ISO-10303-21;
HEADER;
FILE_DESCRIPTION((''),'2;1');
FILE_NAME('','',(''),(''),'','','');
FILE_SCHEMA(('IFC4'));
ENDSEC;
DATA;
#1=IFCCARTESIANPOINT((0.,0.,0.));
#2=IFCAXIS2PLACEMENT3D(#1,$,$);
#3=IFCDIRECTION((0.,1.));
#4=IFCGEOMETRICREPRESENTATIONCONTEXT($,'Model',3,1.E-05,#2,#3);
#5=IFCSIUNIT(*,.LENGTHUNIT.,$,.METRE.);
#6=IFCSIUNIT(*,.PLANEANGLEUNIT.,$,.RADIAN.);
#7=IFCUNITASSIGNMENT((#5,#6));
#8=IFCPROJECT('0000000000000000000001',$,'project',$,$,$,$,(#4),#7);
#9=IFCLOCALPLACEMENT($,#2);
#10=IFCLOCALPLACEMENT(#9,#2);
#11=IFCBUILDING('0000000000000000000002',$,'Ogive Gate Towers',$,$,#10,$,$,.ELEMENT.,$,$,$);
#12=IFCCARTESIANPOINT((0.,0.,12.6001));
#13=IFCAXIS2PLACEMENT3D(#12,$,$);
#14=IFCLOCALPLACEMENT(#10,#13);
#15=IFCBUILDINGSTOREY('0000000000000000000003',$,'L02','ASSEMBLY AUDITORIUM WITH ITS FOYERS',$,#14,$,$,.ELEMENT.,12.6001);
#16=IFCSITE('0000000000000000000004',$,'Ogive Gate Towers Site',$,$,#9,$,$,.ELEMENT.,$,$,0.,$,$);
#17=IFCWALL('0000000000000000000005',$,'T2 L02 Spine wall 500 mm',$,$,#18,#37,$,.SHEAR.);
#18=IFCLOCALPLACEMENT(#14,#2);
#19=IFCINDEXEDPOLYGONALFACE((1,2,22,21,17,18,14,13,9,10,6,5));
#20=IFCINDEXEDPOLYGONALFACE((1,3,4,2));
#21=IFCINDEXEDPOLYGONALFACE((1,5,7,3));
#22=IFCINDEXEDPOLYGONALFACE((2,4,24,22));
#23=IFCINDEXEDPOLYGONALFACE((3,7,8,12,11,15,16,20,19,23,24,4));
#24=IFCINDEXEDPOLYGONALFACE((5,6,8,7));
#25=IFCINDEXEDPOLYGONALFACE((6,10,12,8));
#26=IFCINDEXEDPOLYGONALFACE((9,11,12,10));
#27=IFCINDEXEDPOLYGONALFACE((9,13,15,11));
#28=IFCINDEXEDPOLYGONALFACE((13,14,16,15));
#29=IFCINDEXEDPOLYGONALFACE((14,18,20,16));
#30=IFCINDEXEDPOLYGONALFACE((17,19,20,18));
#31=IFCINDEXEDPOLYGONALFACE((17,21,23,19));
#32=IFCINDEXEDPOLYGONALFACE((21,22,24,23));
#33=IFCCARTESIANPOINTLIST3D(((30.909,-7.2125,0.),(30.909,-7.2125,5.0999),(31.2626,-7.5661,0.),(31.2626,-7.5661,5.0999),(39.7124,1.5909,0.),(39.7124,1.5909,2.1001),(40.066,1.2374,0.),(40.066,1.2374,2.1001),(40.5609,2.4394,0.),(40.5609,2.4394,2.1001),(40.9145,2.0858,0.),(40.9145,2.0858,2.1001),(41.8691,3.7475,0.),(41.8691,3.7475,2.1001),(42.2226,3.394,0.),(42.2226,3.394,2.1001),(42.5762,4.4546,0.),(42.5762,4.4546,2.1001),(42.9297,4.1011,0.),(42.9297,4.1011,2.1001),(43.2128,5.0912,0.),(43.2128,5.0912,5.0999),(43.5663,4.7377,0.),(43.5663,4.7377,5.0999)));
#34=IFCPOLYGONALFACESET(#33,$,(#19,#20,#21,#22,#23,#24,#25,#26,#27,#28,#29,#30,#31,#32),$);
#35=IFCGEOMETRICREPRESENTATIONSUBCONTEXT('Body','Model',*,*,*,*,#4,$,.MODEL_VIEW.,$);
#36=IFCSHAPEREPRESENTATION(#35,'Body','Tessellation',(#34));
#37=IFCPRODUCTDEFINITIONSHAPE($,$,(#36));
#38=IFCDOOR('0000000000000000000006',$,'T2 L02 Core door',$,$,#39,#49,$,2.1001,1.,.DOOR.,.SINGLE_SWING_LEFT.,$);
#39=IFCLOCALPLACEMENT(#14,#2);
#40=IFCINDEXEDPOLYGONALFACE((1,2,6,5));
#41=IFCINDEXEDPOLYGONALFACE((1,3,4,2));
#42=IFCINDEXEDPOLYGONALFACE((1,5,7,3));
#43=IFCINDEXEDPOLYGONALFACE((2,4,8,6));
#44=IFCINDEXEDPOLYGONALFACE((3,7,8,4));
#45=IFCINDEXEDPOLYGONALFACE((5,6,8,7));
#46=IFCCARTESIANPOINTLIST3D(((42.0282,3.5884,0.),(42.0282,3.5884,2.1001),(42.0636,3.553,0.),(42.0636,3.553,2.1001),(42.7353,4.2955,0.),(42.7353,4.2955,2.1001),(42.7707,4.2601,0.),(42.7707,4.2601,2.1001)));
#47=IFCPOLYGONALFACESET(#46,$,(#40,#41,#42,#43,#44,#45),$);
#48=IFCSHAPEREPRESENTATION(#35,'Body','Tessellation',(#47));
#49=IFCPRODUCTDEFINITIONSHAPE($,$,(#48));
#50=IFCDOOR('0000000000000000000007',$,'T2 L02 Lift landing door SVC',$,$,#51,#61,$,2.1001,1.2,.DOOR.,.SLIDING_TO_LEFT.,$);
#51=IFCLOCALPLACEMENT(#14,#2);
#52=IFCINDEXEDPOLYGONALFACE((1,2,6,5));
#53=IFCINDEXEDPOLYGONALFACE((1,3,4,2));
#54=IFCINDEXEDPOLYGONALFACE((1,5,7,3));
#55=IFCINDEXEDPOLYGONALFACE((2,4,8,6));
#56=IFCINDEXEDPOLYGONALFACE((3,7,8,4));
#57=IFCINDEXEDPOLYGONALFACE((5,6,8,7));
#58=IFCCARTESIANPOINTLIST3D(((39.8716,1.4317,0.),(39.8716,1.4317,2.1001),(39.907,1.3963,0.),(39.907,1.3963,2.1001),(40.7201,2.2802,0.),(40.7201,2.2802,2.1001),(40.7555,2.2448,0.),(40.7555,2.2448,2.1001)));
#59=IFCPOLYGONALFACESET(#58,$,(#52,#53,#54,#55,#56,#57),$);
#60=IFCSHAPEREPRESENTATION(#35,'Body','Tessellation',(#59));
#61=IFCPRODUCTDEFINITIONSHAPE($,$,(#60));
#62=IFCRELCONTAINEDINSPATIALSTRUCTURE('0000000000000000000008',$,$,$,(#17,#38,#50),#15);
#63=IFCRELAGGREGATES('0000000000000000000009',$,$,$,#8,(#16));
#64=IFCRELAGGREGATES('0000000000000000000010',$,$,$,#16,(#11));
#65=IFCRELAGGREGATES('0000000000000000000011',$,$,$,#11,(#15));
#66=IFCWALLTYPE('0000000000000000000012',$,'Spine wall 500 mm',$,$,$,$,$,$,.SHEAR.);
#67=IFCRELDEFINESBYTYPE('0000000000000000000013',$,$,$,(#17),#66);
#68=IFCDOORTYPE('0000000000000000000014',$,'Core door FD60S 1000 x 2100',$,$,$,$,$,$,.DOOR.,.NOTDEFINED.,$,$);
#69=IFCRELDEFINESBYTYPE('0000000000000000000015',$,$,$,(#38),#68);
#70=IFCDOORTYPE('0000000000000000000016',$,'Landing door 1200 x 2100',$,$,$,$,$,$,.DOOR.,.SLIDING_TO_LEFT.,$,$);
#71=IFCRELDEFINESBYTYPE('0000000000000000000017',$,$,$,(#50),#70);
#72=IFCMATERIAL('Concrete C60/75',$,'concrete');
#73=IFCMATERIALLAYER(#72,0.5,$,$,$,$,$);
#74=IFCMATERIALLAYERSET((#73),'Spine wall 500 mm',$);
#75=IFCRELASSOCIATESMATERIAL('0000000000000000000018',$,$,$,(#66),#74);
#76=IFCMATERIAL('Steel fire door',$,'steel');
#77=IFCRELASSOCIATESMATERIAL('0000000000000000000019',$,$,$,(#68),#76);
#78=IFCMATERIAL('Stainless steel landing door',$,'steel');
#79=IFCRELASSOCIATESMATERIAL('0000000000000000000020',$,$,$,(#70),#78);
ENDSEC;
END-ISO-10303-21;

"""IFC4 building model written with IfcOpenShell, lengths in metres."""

from ifc_helpers import new_model, si_unit, direction, frame, frame_2d, origin, place, context, subcontext, project, spatial, rectangle, extrude, material, layer, layer_set, type_object, element, fill, save


model = new_model("IFC4")

# Units and contexts
model_context = context("Model", 3, precision=1e-05, world=origin(), true_north=direction((0.0, 1.0)))
body_context = subcontext(model_context, "Body", "Model", "MODEL_VIEW")
ifc_project = project(units=[si_unit("LENGTHUNIT", "METRE"), si_unit("PLANEANGLEUNIT", "RADIAN")], contexts=[model_context])

# Site, building, storey
site_placement = place(None, origin())
site = spatial("IfcSite", under=ifc_project, at=site_placement, Name="Ogive Gate Towers Site", CompositionType="ELEMENT", RefElevation=0.0)
building_placement = place(site_placement, origin())
building = spatial("IfcBuilding", under=site, at=building_placement, Name="Ogive Gate Towers", CompositionType="ELEMENT")
storey_placement = place(building_placement, frame((0.0, 0.0, 12.6001)))
storey = spatial("IfcBuildingStorey", under=building, at=storey_placement, Name="L02", Description="ASSEMBLY AUDITORIUM WITH ITS FOYERS", CompositionType="ELEMENT", Elevation=12.6001)

# Shared definitions
ifc_material_1 = material(Name="Concrete C60/75", Category="concrete")

# Wall, openings, doors
ifc_layer_1 = layer(ifc_material_1, 0.5)
ifc_layer_set_1 = layer_set([ifc_layer_1], Name="Spine wall 500 mm")
wall_type_1 = type_object("IfcWallType", Name="Spine wall 500 mm", PredefinedType="SHEAR", material=ifc_layer_set_1)
wall_1_placement = place(storey_placement, frame((31.0857, -7.3894, 0.0), z_axis=(0.0, 0.0, 1.0), x_axis=(0.707107, 0.707107, 0.0)))
wall_1 = element("IfcWall", 1, at=wall_1_placement, inside=storey, type_object=wall_type_1, Name="T2 L02 Spine wall 500 mm", PredefinedType="SHEAR", context=body_context, shape_type="SweptSolid", body=[
    extrude(rectangle(XDim=17.4001, YDim=0.5, at=frame_2d((8.7002, 0.0))), origin(), (0.0, 0.0, 1.0), 5.0999),
])
opening_1_placement = place(wall_1_placement, frame((12.45, 0.0, 0.0)))
opening_1 = element("IfcOpeningElement", 2, at=opening_1_placement, cuts=wall_1, PredefinedType="OPENING", context=body_context, shape_type="SweptSolid", body=[
    extrude(rectangle(XDim=1.2, YDim=2.1001, at=frame_2d((0.6001, 1.05))), frame((0.0, 0.26, 0.0), z_axis=(0.0, -1.0, 0.0), x_axis=(1.0, 0.0, 0.0)), (0.0, 0.0, 1.0), 0.52),
])
opening_2_placement = place(wall_1_placement, frame((15.5, 0.0, 0.0)))
opening_2 = element("IfcOpeningElement", 3, at=opening_2_placement, cuts=wall_1, PredefinedType="OPENING", context=body_context, shape_type="SweptSolid", body=[
    extrude(rectangle(XDim=1.0, YDim=2.1001, at=frame_2d((0.5, 1.05))), frame((0.0, 0.26, 0.0), z_axis=(0.0, -1.0, 0.0), x_axis=(1.0, 0.0, 0.0)), (0.0, 0.0, 1.0), 0.52),
])
ifc_material_2 = material(Name="Steel fire door", Category="steel")
door_type_1 = type_object("IfcDoorType", Name="Core door FD60S 1000 x 2100", OperationType="NOTDEFINED", PredefinedType="DOOR", material=ifc_material_2)
door_1_placement = place(opening_2_placement, origin())
door_1 = element("IfcDoor", 4, at=door_1_placement, inside=storey, type_object=door_type_1, Name="T2 L02 Core door", OperationType="SINGLE_SWING_LEFT", OverallHeight=2.1001, OverallWidth=1.0, PredefinedType="DOOR", context=body_context, shape_type="SweptSolid", body=[
    extrude(rectangle(XDim=1.0, YDim=2.1001, at=frame_2d((0.5, 1.05))), frame((0.0, 0.0249, 0.0), z_axis=(0.0, -1.0, 0.0), x_axis=(1.0, 0.0, 0.0)), (0.0, 0.0, 1.0), 0.05),
])
fill(opening_2, door_1)
ifc_material_3 = material(Name="Stainless steel landing door", Category="steel")
door_type_2 = type_object("IfcDoorType", Name="Landing door 1200 x 2100", OperationType="SLIDING_TO_LEFT", PredefinedType="DOOR", material=ifc_material_3)
door_2_placement = place(opening_1_placement, origin())
door_2 = element("IfcDoor", 5, at=door_2_placement, inside=storey, type_object=door_type_2, Name="T2 L02 Lift landing door SVC", OperationType="SLIDING_TO_LEFT", OverallHeight=2.1001, OverallWidth=1.2, PredefinedType="DOOR", context=body_context, shape_type="SweptSolid", body=[
    extrude(rectangle(XDim=1.2, YDim=2.1001, at=frame_2d((0.6001, 1.05))), frame((0.0, 0.0249, 0.0), z_axis=(0.0, -1.0, 0.0), x_axis=(1.0, 0.0, 0.0)), (0.0, 0.0, 1.0), 0.05),
])
fill(opening_1, door_2)

save(model, "model.ifc")
